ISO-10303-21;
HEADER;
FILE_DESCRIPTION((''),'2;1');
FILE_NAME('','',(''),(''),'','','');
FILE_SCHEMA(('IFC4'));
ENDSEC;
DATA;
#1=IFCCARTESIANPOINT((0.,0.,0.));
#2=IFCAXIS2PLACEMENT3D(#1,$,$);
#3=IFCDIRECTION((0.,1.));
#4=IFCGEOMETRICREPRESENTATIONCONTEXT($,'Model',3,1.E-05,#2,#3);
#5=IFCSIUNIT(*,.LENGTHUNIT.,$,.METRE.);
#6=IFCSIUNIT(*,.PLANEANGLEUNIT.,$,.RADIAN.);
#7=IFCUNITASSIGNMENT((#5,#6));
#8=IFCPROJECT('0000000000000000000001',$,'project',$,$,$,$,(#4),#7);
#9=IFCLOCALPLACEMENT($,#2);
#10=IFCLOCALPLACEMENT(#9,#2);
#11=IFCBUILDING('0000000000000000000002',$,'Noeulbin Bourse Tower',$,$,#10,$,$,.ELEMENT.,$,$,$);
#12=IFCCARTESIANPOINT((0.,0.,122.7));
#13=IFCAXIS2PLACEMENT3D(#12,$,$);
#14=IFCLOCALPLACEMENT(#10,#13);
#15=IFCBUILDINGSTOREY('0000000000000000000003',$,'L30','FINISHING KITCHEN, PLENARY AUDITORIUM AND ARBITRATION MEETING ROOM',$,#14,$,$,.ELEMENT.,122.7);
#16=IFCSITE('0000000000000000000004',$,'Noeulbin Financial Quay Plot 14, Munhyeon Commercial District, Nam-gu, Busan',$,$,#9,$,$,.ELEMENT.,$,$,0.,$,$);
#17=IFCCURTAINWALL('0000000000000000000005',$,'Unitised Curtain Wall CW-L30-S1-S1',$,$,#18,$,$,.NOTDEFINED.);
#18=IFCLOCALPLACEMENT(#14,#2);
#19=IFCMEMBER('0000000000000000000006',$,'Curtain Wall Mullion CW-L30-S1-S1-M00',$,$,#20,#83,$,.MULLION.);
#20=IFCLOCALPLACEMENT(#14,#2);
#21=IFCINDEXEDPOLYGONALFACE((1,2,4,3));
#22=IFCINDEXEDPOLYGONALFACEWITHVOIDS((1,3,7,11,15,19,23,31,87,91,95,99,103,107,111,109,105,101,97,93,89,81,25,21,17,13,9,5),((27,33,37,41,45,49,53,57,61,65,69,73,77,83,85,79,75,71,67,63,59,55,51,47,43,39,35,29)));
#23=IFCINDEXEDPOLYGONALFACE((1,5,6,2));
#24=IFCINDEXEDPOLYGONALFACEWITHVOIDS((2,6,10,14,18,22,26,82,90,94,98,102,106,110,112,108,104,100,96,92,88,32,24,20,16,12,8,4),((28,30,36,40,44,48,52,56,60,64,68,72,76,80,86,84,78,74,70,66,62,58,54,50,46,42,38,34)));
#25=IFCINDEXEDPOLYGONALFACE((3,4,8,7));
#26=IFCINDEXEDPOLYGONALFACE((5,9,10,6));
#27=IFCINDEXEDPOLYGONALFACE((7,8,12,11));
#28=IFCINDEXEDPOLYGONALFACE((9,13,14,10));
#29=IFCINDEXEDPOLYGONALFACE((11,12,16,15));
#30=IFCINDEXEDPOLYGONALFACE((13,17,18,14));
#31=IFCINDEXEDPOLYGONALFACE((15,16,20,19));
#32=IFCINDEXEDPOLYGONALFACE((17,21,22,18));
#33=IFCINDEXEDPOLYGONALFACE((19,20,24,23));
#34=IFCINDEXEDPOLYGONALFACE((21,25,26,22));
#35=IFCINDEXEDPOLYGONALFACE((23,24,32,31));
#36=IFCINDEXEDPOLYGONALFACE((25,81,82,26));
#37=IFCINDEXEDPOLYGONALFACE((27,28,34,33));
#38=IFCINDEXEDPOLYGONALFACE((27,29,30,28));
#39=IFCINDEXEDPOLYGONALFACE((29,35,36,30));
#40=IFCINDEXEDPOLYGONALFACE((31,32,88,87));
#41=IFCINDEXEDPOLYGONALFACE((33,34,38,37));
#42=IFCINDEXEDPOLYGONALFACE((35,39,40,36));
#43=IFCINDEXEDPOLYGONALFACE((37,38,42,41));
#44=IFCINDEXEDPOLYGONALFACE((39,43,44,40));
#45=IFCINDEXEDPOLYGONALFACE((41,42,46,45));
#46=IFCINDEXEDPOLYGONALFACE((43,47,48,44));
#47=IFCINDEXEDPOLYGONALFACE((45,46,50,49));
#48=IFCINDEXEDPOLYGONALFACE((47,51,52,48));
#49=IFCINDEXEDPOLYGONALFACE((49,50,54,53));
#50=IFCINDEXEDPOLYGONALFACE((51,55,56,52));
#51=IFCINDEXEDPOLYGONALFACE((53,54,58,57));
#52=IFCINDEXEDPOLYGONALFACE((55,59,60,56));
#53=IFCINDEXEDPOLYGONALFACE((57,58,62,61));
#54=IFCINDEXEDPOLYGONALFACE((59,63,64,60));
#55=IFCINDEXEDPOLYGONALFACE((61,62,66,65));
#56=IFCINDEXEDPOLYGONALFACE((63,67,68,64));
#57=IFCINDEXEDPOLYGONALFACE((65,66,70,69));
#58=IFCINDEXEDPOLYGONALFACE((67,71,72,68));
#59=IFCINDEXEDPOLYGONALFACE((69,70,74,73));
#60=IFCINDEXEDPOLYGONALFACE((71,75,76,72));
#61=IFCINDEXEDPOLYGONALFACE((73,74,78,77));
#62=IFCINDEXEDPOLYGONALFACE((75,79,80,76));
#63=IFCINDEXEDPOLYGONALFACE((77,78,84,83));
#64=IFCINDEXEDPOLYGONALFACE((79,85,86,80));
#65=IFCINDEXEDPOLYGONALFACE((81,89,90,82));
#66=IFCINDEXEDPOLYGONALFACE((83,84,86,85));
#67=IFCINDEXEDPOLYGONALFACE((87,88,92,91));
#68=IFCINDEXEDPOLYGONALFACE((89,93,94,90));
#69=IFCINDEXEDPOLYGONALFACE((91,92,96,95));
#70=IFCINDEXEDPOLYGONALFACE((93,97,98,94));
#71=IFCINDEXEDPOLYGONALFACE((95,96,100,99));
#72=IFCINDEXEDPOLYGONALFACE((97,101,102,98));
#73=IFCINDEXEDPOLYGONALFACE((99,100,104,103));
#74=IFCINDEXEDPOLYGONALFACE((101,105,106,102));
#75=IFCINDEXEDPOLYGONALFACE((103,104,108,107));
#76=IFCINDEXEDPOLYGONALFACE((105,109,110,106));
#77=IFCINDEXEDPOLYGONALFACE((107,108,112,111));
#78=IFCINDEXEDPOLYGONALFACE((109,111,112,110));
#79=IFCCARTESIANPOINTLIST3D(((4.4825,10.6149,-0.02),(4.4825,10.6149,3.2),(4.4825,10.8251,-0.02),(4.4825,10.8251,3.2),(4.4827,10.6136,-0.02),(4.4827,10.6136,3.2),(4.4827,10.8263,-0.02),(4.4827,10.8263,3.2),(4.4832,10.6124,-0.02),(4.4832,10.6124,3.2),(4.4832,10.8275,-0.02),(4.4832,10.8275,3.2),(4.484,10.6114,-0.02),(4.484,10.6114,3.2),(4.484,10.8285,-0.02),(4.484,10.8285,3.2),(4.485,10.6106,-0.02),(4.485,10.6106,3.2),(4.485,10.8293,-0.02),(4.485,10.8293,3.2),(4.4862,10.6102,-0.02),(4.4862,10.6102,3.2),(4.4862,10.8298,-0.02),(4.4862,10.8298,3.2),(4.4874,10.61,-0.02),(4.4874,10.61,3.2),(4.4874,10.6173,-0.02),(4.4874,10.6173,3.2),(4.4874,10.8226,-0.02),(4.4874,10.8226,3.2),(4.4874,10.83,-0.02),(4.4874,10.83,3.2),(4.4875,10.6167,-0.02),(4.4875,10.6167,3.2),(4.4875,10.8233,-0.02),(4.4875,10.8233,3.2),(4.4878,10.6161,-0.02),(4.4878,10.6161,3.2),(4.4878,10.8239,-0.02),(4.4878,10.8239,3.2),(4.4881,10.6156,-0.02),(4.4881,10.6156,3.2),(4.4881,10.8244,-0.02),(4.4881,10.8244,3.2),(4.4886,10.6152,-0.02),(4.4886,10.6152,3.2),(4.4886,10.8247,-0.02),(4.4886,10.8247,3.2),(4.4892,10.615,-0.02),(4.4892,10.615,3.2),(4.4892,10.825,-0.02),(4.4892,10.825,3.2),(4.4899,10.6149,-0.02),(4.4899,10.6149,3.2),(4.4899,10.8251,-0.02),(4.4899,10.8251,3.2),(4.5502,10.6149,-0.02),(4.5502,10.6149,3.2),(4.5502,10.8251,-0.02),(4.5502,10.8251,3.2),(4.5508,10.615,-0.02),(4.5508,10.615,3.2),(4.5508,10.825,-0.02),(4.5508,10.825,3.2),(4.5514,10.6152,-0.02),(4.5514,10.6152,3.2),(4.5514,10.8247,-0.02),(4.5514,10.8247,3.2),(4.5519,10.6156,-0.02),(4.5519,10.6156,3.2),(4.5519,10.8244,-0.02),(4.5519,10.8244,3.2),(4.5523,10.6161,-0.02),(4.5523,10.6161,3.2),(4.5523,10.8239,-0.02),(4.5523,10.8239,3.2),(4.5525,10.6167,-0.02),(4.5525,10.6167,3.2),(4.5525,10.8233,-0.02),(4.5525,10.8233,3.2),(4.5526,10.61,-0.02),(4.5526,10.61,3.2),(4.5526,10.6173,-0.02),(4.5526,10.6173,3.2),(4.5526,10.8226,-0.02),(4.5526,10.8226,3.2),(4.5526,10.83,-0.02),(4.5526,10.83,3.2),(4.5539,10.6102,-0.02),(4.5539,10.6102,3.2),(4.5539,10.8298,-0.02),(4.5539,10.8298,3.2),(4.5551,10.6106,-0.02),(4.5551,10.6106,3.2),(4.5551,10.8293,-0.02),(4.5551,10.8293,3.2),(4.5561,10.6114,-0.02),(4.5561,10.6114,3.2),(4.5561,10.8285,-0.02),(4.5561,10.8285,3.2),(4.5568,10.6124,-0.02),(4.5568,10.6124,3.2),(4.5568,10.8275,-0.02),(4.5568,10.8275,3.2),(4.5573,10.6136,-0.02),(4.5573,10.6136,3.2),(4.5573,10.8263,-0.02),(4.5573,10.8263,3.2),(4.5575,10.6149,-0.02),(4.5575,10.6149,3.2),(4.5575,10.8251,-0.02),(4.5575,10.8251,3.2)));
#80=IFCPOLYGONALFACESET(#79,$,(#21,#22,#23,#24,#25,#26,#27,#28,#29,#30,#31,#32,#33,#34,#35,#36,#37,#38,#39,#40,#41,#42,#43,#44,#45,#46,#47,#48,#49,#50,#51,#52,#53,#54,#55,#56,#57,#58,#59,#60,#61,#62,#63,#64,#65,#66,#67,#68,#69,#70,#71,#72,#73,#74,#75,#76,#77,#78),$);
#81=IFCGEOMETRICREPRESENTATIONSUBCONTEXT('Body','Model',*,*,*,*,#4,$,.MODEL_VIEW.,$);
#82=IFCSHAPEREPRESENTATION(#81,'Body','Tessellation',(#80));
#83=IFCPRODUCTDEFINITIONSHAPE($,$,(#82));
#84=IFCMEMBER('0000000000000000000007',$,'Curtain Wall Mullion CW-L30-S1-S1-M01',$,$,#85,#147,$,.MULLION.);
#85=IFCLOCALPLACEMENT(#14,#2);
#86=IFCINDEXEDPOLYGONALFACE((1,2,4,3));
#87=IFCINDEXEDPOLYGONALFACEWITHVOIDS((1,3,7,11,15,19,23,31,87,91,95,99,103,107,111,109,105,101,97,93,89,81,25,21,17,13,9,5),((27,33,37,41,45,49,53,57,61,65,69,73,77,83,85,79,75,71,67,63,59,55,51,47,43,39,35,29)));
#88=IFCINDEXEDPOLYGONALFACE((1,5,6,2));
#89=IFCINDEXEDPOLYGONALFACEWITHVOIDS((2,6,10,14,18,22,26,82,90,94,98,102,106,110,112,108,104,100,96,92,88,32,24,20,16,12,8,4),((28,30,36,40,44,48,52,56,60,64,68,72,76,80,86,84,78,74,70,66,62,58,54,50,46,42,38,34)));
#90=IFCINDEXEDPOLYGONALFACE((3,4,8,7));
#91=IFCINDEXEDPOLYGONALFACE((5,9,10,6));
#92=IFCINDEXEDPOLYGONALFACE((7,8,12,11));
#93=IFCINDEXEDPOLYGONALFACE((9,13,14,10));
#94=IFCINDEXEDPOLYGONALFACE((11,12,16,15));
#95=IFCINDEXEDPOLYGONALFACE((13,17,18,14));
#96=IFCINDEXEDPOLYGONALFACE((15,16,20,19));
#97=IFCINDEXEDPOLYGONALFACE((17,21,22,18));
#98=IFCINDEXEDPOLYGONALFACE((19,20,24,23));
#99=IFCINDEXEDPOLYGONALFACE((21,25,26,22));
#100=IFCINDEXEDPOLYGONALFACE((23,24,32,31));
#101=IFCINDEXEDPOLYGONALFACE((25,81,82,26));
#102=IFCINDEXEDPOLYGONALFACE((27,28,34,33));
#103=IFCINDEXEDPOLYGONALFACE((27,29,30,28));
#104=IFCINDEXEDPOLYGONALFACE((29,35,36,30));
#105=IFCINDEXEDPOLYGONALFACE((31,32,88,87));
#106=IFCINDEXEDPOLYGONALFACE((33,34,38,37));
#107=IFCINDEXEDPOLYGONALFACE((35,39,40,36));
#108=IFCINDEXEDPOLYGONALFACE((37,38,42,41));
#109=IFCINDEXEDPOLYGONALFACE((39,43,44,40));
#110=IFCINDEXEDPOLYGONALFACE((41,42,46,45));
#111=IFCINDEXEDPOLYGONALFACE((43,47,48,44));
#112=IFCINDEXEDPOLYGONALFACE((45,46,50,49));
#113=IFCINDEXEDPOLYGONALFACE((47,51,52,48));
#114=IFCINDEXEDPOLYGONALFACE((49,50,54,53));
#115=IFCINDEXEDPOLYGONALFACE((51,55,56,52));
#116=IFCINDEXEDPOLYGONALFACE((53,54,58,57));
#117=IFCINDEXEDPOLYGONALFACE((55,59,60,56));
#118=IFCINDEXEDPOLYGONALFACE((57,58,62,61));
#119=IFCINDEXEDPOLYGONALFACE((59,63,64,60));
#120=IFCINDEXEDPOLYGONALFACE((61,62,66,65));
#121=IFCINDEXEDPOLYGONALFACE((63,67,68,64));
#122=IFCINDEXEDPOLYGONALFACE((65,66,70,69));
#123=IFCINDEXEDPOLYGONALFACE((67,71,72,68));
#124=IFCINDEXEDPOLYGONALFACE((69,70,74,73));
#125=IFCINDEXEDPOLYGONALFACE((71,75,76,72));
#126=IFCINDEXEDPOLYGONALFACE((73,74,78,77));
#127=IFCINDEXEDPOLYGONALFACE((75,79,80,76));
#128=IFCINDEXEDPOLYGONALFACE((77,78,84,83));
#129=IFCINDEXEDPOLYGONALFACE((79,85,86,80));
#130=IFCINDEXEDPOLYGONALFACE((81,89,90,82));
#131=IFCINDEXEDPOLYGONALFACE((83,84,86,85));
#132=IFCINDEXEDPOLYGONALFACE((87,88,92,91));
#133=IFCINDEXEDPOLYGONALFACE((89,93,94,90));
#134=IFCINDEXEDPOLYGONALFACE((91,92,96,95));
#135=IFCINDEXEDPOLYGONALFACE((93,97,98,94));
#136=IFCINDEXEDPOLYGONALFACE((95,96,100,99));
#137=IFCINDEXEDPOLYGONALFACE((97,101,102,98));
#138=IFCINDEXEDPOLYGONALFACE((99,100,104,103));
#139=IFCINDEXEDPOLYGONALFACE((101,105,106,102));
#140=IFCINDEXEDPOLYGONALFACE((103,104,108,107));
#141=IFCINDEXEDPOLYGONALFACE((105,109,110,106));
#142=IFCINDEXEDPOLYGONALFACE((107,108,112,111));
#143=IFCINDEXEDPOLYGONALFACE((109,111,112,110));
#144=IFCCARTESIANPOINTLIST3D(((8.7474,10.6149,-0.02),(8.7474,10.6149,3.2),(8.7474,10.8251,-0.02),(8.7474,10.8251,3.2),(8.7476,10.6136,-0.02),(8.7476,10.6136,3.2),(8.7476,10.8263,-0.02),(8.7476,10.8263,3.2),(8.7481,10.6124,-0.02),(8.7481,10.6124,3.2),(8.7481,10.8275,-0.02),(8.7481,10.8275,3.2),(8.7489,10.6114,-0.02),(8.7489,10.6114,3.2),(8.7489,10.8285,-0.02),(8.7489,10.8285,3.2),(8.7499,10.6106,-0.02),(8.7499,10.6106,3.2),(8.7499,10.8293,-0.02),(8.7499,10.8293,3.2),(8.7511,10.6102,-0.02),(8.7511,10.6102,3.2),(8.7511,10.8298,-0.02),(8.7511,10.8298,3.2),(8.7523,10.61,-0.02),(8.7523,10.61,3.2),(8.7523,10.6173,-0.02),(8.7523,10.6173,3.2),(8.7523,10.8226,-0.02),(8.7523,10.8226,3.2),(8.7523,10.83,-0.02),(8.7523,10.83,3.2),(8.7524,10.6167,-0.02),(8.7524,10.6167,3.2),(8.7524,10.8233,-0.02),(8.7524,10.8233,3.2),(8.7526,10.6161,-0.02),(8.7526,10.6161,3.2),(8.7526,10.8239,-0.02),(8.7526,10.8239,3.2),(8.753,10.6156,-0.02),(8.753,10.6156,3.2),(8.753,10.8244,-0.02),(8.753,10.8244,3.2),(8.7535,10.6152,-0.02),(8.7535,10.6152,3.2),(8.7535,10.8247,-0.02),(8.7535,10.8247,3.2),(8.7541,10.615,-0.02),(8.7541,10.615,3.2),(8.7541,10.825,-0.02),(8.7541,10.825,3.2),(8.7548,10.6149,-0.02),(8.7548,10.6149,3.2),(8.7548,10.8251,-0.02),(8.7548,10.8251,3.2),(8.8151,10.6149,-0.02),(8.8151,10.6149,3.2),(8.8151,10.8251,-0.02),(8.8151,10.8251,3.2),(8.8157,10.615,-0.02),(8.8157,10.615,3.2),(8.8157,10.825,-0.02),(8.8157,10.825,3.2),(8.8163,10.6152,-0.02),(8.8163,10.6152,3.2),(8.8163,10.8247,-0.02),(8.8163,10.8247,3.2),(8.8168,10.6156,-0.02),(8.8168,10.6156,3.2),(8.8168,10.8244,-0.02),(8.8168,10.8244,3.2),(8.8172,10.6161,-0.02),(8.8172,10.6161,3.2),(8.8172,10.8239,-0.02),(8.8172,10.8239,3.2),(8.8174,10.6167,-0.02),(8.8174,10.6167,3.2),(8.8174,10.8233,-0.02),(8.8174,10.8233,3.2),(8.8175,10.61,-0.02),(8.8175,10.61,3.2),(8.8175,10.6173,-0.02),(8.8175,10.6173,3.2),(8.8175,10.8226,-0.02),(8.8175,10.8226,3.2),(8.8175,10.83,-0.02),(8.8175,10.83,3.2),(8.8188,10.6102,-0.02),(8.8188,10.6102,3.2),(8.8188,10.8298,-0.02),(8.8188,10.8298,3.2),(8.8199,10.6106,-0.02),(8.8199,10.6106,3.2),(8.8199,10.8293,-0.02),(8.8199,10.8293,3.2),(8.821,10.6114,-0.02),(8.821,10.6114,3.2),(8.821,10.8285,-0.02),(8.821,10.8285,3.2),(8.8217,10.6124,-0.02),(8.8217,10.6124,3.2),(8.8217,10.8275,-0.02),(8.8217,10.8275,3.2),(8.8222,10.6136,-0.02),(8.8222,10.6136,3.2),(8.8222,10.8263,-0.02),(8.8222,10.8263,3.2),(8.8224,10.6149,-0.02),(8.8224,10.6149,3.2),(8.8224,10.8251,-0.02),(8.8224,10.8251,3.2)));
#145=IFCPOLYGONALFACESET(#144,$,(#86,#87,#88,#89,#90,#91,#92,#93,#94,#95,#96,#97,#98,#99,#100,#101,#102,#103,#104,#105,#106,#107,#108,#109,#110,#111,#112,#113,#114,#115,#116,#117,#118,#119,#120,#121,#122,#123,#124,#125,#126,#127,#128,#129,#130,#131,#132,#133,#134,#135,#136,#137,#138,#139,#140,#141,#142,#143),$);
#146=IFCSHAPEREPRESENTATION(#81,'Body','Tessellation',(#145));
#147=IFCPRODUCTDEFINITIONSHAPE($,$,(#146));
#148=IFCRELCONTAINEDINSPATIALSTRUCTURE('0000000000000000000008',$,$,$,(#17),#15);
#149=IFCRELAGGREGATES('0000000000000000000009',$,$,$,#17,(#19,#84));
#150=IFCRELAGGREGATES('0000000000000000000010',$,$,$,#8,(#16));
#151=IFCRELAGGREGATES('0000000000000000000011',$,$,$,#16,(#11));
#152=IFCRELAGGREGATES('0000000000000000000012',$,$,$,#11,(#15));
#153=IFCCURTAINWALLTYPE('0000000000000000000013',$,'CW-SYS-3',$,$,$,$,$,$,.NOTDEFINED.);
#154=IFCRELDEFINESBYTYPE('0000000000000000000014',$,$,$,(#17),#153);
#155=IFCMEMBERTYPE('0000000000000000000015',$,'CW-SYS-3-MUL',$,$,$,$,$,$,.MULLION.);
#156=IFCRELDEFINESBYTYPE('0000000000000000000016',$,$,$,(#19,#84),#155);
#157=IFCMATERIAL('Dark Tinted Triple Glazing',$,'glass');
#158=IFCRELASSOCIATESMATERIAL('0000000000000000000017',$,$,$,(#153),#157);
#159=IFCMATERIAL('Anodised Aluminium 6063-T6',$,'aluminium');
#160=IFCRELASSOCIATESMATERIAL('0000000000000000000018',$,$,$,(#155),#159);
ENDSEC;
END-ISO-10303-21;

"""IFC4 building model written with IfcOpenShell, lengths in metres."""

from ifc_helpers import new_model, si_unit, direction, frame, origin, origin_2d, place, context, subcontext, project, spatial, hollow_rectangle, extrude, material, material_profile, profile_set, type_object, element, aggregate, save


model = new_model("IFC4")

# Units and contexts
model_context = context("Model", 3, precision=1e-05, world=origin(), true_north=direction((0.0, 1.0)))
body_context = subcontext(model_context, "Body", "Model", "MODEL_VIEW")
ifc_project = project(units=[si_unit("LENGTHUNIT", "METRE"), si_unit("PLANEANGLEUNIT", "RADIAN")], contexts=[model_context])

# Site, building, storey
site_placement = place(None, origin())
site = spatial("IfcSite", under=ifc_project, at=site_placement, Name="Noeulbin Financial Quay Plot 14, Munhyeon Commercial District, Nam-gu, Busan", CompositionType="ELEMENT", RefElevation=0.0)
building_placement = place(site_placement, origin())
building = spatial("IfcBuilding", under=site, at=building_placement, Name="Noeulbin Bourse Tower", CompositionType="ELEMENT")
storey_placement = place(building_placement, frame((0.0, 0.0, 122.7)))
storey = spatial("IfcBuildingStorey", under=building, at=storey_placement, Name="L30", Description="FINISHING KITCHEN, PLENARY AUDITORIUM AND ARBITRATION MEETING ROOM", CompositionType="ELEMENT", Elevation=122.7)

# Curtain wall, members
ifc_material_1 = material(Name="Dark Tinted Triple Glazing", Category="glass")
curtain_wall_type = type_object("IfcCurtainWallType", Name="CW-SYS-3", PredefinedType="NOTDEFINED", material=ifc_material_1)
curtain_wall_1_placement = place(storey_placement, origin())
curtain_wall_1 = element("IfcCurtainWall", 1, at=curtain_wall_1_placement, inside=storey, type_object=curtain_wall_type, Name="Unitised Curtain Wall CW-L30-S1-S1", PredefinedType="NOTDEFINED")
ifc_material_2 = material(Name="Anodised Aluminium 6063-T6", Category="aluminium")
ifc_material_profile_1 = material_profile(ifc_material_2, hollow_rectangle(XDim=0.075, YDim=0.22, WallThickness=0.0049, InnerFilletRadius=0.0024, OuterFilletRadius=0.0049, at=origin_2d()), Name="ALU-MULL-75x220x5", Category="LoadBearing")
ifc_profile_set_1 = profile_set([ifc_material_profile_1], Name="Anodised Aluminium 6063-T6")
member_type_1 = type_object("IfcMemberType", Name="CW-SYS-3-MUL", PredefinedType="MULLION", material=ifc_profile_set_1)
member_1_placement = place(storey_placement, frame((4.52, 10.72, -0.02), z_axis=(0.0, 0.0, 1.0), x_axis=(1.0, 0.0, 0.0)))
member_1 = element("IfcMember", 2, at=member_1_placement, type_object=member_type_1, Name="Curtain Wall Mullion CW-L30-S1-S1-M00", PredefinedType="MULLION", context=body_context, shape_type="SweptSolid", body=[
    extrude(hollow_rectangle(XDim=0.075, YDim=0.22, WallThickness=0.0049, InnerFilletRadius=0.0024, OuterFilletRadius=0.0049, at=origin_2d()), origin(), (0.0, 0.0, 1.0), 3.22),
])
member_2_placement = place(storey_placement, frame((8.7849, 10.72, -0.02), z_axis=(0.0, 0.0, 1.0), x_axis=(1.0, 0.0, 0.0)))
member_2 = element("IfcMember", 3, at=member_2_placement, type_object=member_type_1, Name="Curtain Wall Mullion CW-L30-S1-S1-M01", PredefinedType="MULLION", context=body_context, shape_type="SweptSolid", body=[
    extrude(hollow_rectangle(XDim=0.075, YDim=0.22, WallThickness=0.0049, InnerFilletRadius=0.0024, OuterFilletRadius=0.0049, at=origin_2d()), origin(), (0.0, 0.0, 1.0), 3.22),
])

aggregate(curtain_wall_1, [member_1, member_2])

save(model, "model.ifc")
